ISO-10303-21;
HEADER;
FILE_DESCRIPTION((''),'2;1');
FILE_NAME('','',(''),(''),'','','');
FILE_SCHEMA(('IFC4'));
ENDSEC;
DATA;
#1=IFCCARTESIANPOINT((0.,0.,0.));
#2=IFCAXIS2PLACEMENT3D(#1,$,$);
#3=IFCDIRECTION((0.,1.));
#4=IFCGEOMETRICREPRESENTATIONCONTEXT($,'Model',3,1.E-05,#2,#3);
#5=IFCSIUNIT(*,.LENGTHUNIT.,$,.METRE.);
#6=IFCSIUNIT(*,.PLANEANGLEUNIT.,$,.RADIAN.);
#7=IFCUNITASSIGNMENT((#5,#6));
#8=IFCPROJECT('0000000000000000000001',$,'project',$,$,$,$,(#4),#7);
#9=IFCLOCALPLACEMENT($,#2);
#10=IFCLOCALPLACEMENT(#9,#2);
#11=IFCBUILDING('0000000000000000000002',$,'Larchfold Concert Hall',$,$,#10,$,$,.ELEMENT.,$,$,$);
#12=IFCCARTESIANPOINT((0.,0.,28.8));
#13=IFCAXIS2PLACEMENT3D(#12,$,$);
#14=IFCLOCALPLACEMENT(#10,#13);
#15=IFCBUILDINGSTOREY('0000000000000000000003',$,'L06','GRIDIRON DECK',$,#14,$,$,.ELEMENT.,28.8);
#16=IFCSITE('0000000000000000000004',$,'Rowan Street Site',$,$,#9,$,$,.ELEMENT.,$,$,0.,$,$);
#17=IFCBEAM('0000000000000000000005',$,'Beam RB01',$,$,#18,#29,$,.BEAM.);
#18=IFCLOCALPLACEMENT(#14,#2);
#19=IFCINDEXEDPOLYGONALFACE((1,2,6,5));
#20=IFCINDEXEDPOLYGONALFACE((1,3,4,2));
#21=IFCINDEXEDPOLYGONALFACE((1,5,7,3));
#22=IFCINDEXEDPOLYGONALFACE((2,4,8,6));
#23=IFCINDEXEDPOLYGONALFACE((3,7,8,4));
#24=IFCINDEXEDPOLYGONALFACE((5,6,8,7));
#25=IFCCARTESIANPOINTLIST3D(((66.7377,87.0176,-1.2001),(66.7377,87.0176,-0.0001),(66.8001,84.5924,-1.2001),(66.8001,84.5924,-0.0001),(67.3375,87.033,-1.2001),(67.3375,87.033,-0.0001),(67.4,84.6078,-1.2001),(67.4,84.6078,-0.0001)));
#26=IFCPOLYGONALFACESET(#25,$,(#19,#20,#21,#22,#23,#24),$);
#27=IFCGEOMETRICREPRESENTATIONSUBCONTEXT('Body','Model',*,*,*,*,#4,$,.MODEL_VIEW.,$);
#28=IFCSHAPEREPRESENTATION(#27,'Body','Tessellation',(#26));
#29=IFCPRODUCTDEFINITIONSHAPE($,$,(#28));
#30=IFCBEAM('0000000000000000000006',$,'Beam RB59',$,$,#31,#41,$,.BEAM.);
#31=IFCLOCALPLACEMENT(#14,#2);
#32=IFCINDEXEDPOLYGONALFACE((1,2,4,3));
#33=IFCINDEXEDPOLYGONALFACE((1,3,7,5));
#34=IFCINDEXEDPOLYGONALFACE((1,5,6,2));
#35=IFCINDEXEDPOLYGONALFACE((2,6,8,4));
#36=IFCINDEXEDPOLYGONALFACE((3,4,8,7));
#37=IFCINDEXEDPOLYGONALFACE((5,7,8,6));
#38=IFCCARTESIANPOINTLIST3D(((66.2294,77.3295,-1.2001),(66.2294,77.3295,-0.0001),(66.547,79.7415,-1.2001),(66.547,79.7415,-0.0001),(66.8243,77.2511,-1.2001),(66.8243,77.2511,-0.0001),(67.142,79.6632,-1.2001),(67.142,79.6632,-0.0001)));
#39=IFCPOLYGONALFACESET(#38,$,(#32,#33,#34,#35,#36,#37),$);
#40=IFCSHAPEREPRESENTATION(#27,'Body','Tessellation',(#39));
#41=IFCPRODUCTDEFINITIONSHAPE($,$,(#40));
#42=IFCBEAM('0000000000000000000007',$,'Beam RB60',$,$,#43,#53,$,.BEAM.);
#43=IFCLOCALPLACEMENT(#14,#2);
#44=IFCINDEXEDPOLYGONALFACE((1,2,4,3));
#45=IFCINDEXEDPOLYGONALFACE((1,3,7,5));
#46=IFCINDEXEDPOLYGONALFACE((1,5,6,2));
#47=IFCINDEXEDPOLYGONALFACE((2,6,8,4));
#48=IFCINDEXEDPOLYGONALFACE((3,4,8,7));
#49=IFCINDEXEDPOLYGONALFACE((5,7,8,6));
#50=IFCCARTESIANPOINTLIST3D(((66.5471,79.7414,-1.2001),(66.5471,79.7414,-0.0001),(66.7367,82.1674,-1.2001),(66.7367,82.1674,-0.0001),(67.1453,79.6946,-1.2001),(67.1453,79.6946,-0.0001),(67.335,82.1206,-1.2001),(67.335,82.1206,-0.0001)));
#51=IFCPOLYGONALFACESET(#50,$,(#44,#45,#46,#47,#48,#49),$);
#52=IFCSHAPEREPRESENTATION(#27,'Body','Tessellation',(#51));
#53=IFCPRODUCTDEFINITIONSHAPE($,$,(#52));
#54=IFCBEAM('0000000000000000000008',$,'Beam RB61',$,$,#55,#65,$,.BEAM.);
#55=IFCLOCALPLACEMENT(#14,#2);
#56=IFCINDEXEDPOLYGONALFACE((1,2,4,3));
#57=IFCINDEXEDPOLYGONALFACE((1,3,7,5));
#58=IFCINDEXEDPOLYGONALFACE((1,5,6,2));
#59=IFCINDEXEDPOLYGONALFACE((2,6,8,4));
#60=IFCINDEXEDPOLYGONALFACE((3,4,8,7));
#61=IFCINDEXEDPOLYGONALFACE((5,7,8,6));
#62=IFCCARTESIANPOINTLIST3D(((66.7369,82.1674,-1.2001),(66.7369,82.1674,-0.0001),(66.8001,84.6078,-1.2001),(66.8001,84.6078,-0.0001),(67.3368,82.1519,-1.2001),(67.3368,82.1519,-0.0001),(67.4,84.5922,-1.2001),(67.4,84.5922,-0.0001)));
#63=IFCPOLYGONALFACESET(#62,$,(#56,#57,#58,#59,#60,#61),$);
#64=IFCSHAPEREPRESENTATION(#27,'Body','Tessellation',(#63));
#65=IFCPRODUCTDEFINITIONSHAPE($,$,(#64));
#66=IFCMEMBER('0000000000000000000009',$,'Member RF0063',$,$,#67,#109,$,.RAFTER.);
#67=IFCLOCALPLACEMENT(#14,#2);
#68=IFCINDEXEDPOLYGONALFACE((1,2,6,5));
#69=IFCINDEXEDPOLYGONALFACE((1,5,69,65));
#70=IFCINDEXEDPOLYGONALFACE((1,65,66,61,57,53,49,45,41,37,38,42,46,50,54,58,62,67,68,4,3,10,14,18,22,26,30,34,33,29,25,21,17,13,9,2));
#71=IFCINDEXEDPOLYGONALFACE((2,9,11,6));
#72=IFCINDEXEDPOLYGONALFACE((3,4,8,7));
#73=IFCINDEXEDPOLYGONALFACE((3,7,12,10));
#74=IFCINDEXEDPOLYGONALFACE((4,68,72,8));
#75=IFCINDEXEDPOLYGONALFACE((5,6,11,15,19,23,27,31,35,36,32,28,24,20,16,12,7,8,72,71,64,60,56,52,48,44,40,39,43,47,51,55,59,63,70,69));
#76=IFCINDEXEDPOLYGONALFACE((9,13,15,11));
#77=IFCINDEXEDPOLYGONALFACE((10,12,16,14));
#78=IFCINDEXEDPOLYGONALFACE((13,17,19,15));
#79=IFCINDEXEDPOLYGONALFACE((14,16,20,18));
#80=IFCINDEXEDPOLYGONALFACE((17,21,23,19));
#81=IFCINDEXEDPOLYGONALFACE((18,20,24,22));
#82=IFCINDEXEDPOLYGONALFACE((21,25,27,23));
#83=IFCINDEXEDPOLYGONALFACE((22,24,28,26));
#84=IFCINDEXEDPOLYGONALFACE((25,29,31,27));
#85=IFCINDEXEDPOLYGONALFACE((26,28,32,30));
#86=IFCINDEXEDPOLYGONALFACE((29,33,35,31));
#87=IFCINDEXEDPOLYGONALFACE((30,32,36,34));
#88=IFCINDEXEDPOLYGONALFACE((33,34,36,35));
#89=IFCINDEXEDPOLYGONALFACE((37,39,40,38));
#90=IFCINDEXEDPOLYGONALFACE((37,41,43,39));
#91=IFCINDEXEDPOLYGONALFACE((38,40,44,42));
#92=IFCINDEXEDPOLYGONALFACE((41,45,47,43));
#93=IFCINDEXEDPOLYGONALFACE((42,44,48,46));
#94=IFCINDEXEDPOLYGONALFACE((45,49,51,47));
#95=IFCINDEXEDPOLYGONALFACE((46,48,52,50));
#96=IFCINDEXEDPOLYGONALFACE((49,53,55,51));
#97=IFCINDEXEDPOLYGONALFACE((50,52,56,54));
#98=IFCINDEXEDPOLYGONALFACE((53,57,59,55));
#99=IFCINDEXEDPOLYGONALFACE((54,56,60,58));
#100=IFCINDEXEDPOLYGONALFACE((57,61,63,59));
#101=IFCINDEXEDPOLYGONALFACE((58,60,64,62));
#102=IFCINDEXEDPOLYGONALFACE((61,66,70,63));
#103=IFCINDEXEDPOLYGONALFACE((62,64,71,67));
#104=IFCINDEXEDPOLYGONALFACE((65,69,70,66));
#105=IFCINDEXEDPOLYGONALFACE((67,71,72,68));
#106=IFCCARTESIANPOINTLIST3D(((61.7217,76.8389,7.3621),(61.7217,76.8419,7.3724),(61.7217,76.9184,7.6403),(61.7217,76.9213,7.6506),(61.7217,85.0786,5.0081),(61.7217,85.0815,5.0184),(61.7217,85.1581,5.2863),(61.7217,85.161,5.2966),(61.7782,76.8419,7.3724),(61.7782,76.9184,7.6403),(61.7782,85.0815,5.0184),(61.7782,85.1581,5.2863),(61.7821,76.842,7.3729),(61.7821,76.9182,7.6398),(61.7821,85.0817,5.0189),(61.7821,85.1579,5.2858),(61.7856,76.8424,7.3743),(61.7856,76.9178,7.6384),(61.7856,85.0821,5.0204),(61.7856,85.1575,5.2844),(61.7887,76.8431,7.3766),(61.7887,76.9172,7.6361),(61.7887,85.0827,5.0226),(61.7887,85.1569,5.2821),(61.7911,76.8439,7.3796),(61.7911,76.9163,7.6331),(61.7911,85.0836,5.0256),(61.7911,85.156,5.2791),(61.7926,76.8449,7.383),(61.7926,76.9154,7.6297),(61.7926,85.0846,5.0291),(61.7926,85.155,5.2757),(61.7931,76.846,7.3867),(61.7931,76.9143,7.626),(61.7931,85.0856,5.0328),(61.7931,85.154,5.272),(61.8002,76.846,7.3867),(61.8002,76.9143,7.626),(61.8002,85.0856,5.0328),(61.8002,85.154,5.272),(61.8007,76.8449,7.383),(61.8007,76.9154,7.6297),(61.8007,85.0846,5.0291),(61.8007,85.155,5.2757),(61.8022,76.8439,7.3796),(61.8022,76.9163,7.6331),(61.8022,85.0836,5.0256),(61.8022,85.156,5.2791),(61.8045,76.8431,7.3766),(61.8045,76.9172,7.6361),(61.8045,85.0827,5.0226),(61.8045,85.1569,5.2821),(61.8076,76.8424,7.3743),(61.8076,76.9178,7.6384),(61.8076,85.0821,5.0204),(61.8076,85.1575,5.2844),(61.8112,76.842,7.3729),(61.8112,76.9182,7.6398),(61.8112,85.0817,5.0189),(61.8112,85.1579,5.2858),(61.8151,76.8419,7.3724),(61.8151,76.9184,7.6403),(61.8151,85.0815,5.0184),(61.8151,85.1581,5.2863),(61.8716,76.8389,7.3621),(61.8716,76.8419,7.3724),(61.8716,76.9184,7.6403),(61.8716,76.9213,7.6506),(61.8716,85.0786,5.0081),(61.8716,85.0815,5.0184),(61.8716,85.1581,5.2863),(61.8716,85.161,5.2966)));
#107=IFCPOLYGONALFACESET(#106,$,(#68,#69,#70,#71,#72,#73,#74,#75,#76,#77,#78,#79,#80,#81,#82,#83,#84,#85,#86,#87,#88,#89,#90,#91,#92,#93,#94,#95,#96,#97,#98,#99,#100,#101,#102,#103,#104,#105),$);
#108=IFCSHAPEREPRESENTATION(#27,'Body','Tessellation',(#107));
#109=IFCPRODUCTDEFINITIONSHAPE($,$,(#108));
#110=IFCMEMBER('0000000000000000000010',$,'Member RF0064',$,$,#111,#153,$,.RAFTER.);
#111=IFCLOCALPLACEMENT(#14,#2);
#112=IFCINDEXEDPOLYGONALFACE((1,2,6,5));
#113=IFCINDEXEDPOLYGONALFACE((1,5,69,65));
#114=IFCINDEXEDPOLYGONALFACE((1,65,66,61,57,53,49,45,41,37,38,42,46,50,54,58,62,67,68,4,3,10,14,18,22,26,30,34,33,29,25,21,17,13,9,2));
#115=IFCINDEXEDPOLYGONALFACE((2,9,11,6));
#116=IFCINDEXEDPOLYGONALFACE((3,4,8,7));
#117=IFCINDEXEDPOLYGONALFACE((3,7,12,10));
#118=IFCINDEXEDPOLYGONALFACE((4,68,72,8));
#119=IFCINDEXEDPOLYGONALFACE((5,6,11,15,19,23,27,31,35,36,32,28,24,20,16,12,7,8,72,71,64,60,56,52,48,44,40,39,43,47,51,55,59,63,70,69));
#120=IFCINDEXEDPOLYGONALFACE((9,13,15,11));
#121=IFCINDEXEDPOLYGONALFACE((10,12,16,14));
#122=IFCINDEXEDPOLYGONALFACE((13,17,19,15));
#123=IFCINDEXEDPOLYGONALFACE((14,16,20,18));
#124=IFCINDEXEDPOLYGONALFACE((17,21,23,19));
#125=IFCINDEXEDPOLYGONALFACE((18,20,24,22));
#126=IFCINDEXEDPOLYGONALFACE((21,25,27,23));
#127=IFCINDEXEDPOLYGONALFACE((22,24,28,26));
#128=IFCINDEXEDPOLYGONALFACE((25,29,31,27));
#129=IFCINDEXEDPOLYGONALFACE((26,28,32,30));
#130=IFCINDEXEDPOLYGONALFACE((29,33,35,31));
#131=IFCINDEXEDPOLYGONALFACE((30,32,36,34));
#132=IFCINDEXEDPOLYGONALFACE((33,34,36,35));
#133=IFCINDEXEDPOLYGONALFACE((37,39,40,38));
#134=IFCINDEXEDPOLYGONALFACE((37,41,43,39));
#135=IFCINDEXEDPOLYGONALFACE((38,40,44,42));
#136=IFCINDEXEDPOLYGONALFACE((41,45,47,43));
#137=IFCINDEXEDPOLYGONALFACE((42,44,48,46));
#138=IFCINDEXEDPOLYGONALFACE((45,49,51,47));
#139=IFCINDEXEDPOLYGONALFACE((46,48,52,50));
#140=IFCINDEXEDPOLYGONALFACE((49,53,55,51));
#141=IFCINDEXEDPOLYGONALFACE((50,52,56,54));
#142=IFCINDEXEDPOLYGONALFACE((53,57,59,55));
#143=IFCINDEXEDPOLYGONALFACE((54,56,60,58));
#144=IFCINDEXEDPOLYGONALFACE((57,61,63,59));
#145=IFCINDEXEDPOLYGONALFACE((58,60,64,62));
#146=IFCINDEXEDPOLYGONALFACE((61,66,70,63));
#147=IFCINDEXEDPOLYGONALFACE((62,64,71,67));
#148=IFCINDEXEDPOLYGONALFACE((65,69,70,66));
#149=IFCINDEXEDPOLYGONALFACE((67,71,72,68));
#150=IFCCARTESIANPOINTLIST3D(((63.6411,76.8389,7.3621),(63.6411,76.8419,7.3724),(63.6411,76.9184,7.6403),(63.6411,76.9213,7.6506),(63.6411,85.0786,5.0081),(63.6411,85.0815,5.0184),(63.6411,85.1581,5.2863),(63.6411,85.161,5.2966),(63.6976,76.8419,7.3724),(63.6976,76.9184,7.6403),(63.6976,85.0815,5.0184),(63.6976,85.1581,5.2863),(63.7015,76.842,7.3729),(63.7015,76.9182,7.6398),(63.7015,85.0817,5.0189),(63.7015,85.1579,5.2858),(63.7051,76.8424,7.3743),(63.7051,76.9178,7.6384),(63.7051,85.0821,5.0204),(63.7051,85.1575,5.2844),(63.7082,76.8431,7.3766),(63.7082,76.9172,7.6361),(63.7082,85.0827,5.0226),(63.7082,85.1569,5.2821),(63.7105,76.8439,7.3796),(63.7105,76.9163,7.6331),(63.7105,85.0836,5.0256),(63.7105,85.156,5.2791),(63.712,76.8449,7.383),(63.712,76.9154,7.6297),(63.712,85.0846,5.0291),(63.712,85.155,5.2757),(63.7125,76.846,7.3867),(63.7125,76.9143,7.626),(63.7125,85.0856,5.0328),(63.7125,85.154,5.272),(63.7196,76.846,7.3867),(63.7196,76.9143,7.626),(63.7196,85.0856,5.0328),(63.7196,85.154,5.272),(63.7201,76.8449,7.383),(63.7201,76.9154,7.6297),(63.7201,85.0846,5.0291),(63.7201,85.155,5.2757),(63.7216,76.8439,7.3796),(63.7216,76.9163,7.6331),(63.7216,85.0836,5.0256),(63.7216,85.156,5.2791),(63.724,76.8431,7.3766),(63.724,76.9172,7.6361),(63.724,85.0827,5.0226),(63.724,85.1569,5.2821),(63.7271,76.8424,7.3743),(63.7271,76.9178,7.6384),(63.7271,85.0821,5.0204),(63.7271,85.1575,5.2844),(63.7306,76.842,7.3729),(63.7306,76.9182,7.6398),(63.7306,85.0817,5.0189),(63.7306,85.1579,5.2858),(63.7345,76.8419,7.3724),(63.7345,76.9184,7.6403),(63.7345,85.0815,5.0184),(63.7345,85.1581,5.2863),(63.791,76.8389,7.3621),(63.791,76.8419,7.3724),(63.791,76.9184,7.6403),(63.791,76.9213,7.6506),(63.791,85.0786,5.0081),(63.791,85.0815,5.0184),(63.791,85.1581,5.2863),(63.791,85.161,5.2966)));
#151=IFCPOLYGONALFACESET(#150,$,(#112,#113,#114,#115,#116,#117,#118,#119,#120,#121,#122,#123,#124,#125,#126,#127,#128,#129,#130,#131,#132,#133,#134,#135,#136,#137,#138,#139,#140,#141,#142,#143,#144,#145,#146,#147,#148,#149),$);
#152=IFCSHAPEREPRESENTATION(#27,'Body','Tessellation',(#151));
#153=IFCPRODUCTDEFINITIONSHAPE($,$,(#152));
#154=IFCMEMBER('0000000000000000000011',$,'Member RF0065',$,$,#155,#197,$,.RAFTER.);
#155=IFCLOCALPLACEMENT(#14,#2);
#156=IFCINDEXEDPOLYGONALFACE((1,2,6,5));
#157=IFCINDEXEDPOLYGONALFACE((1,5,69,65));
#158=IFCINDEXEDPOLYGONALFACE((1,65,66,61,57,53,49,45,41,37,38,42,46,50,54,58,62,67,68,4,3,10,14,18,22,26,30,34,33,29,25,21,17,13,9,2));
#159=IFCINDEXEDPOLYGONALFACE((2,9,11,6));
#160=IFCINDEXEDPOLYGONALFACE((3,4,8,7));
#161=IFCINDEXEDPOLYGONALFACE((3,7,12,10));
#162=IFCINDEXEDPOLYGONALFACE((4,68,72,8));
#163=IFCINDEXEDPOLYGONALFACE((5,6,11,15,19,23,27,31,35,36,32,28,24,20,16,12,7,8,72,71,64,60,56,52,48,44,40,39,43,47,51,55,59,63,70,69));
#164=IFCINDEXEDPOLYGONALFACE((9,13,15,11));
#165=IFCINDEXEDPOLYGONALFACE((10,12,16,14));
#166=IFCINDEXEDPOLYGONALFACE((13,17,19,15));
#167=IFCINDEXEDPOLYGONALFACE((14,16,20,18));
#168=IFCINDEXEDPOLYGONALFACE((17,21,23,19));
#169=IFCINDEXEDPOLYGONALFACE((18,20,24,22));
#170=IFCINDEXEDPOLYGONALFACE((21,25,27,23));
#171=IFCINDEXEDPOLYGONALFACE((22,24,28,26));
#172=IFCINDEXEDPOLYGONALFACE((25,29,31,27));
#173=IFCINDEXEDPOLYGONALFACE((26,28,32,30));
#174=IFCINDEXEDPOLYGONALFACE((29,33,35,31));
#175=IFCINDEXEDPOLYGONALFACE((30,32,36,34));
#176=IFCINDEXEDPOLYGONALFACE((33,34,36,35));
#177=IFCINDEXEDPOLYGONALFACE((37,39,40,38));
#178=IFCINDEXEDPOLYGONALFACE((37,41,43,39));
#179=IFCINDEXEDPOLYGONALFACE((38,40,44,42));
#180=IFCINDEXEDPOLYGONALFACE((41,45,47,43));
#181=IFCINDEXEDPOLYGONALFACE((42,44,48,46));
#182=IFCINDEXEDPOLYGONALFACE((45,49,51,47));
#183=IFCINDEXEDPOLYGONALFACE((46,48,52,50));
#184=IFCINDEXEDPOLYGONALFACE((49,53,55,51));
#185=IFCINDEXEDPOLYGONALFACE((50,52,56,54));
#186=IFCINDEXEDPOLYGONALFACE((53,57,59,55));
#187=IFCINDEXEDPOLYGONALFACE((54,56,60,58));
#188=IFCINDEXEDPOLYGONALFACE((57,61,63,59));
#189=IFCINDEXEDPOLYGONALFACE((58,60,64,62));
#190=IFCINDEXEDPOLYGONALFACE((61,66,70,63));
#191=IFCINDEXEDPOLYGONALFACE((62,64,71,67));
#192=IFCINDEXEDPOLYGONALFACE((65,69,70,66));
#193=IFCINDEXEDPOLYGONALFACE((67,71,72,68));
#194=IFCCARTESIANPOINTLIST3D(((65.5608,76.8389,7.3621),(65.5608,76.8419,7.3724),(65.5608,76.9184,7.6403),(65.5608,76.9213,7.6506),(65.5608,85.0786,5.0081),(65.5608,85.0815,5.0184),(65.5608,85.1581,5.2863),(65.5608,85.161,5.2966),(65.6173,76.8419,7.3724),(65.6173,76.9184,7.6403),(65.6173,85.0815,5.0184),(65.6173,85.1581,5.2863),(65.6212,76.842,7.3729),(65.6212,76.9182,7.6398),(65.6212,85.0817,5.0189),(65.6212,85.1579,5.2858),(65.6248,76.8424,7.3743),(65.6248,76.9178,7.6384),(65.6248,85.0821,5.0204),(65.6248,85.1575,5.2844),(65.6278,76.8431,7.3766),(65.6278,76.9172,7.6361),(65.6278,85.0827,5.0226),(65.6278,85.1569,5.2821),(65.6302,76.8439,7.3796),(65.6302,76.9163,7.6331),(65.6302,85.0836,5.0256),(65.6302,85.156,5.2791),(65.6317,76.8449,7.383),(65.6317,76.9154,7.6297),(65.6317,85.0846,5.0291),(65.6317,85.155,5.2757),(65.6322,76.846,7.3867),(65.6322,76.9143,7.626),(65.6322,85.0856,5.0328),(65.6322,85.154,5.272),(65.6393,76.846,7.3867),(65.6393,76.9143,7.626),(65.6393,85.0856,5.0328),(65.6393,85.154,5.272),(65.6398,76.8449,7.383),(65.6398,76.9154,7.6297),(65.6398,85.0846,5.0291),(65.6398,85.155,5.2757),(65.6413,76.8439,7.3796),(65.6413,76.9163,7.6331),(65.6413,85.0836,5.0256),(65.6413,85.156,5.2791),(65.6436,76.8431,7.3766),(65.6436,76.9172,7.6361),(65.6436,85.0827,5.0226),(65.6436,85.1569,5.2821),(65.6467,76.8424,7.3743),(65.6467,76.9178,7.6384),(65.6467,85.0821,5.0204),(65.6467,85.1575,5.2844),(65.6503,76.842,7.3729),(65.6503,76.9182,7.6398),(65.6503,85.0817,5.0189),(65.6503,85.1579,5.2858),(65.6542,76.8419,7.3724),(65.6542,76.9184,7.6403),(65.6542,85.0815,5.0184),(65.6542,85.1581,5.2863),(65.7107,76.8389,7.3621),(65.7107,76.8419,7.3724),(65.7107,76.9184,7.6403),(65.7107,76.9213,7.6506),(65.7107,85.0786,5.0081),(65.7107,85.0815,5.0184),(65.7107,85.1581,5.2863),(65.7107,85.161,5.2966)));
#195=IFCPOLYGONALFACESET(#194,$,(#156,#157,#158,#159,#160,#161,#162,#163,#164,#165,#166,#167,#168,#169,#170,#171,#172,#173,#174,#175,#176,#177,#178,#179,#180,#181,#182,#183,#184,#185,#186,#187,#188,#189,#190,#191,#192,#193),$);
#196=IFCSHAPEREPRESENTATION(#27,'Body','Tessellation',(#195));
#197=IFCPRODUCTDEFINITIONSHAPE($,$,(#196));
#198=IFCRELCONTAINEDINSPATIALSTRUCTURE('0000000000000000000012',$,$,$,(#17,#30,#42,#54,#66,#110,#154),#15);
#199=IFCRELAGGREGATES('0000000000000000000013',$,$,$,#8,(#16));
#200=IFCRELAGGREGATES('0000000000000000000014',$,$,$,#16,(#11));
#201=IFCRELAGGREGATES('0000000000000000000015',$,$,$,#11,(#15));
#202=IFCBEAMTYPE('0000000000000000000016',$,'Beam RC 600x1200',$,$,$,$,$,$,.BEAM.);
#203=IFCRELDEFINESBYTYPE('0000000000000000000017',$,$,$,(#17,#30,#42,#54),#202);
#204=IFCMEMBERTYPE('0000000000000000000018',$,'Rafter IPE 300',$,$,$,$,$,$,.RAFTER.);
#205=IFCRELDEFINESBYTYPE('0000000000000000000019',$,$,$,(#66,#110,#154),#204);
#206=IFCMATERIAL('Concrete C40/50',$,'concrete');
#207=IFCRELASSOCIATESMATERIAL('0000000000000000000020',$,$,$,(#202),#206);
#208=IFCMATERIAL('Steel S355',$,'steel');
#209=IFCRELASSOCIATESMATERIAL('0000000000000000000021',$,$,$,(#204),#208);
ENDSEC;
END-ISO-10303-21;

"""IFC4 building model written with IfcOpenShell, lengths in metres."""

from ifc_helpers import new_model, si_unit, direction, frame, origin, origin_2d, place, context, subcontext, project, spatial, rectangle, i_section, extrude, material, material_profile, profile_set, type_object, element, save


model = new_model("IFC4")

# Units and contexts
model_context = context("Model", 3, precision=1e-05, world=origin(), true_north=direction((0.0, 1.0)))
body_context = subcontext(model_context, "Body", "Model", "MODEL_VIEW")
ifc_project = project(units=[si_unit("LENGTHUNIT", "METRE"), si_unit("PLANEANGLEUNIT", "RADIAN")], contexts=[model_context])

# Site, building, storey
site_placement = place(None, origin())
site = spatial("IfcSite", under=ifc_project, at=site_placement, Name="Rowan Street Site", CompositionType="ELEMENT", RefElevation=0.0)
building_placement = place(site_placement, origin())
building = spatial("IfcBuilding", under=site, at=building_placement, Name="Larchfold Concert Hall", CompositionType="ELEMENT")
storey_placement = place(building_placement, frame((0.0, 0.0, 28.8)))
storey = spatial("IfcBuildingStorey", under=building, at=storey_placement, Name="L06", Description="GRIDIRON DECK", CompositionType="ELEMENT", Elevation=28.8)

# Beams
ifc_material_1 = material(Name="Concrete C40/50", Category="concrete")
ifc_material_profile_1 = material_profile(ifc_material_1, rectangle(XDim=0.6001, YDim=1.2, at=origin_2d()))
ifc_profile_set_1 = profile_set([ifc_material_profile_1], Name="Concrete C40/50")
beam_type_1 = type_object("IfcBeamType", Name="Beam RC 600x1200", PredefinedType="BEAM", material=ifc_profile_set_1)
beam_1_placement = place(storey_placement, frame((67.1001, 84.6001, -0.6001), z_axis=(-0.025762, 0.999668, 0.0), x_axis=(-0.999668, -0.025762, 0.0)))
element("IfcBeam", 1, at=beam_1_placement, inside=storey, type_object=beam_type_1, Name="Beam RB01", PredefinedType="BEAM", context=body_context, shape_type="SweptSolid", body=[
    extrude(rectangle(XDim=0.6001, YDim=1.2, at=origin_2d()), origin(), (0.0, 0.0, 1.0), 2.426),
])
beam_2_placement = place(storey_placement, frame((66.5269, 77.2903, -0.6001), z_axis=(0.130553, 0.991441, 0.0), x_axis=(-0.991441, 0.130553, 0.0)))
element("IfcBeam", 2, at=beam_2_placement, inside=storey, type_object=beam_type_1, Name="Beam RB59", PredefinedType="BEAM", context=body_context, shape_type="SweptSolid", body=[
    extrude(rectangle(XDim=0.6001, YDim=1.2, at=origin_2d()), origin(), (0.0, 0.0, 1.0), 2.4329),
])
beam_3_placement = place(storey_placement, frame((66.8462, 79.718, -0.6001), z_axis=(0.077955, 0.996957, 0.0), x_axis=(-0.996957, 0.077955, 0.0)))
element("IfcBeam", 3, at=beam_3_placement, inside=storey, type_object=beam_type_1, Name="Beam RB60", PredefinedType="BEAM", context=body_context, shape_type="SweptSolid", body=[
    extrude(rectangle(XDim=0.6001, YDim=1.2, at=origin_2d()), origin(), (0.0, 0.0, 1.0), 2.4333),
])
beam_4_placement = place(storey_placement, frame((67.0369, 82.1597, -0.6001), z_axis=(0.025902, 0.999664, 0.0), x_axis=(-0.999664, 0.025902, 0.0)))
element("IfcBeam", 4, at=beam_4_placement, inside=storey, type_object=beam_type_1, Name="Beam RB61", PredefinedType="BEAM", context=body_context, shape_type="SweptSolid", body=[
    extrude(rectangle(XDim=0.6001, YDim=1.2, at=origin_2d()), origin(), (0.0, 0.0, 1.0), 2.4412),
])

# Members
ifc_material_2 = material(Name="Steel S355", Category="steel")
ifc_material_profile_2 = material_profile(ifc_material_2, i_section(OverallWidth=0.1499, OverallDepth=0.3, WebThickness=0.0071, FlangeThickness=0.0107, FilletRadius=0.0149, at=origin_2d()))
ifc_profile_set_2 = profile_set([ifc_material_profile_2], Name="Steel S355")
member_type_1 = type_object("IfcMemberType", Name="Rafter IPE 300", PredefinedType="RAFTER", material=ifc_profile_set_2)
for number, where, z_axis, x_axis, name in (
    (5, (61.7966, 76.8801, 7.5063), (0.0, 0.96153, -0.274699), (-1.0, 0.0, 0.0), "Member RF0063"),
    (6, (63.7161, 76.8801, 7.5063), (0.0, 0.96153, -0.274699), (-1.0, 0.0, 0.0), "Member RF0064"),
    (7, (65.6357, 76.8801, 7.5063), (0.0, 0.96153, -0.274699), (-1.0, 0.0, 0.0), "Member RF0065"),
):
    element("IfcMember", number, at=place(storey_placement, frame(where, z_axis=z_axis, x_axis=x_axis)), inside=storey, type_object=member_type_1, Name=name, PredefinedType="RAFTER", context=body_context, shape_type="SweptSolid", body=[
        extrude(i_section(OverallWidth=0.1499, OverallDepth=0.3, WebThickness=0.0071, FlangeThickness=0.0107, FilletRadius=0.0149, at=origin_2d()), origin(), (0.0, 0.0, 1.0), 8.5693),
    ])

save(model, "model.ifc")
